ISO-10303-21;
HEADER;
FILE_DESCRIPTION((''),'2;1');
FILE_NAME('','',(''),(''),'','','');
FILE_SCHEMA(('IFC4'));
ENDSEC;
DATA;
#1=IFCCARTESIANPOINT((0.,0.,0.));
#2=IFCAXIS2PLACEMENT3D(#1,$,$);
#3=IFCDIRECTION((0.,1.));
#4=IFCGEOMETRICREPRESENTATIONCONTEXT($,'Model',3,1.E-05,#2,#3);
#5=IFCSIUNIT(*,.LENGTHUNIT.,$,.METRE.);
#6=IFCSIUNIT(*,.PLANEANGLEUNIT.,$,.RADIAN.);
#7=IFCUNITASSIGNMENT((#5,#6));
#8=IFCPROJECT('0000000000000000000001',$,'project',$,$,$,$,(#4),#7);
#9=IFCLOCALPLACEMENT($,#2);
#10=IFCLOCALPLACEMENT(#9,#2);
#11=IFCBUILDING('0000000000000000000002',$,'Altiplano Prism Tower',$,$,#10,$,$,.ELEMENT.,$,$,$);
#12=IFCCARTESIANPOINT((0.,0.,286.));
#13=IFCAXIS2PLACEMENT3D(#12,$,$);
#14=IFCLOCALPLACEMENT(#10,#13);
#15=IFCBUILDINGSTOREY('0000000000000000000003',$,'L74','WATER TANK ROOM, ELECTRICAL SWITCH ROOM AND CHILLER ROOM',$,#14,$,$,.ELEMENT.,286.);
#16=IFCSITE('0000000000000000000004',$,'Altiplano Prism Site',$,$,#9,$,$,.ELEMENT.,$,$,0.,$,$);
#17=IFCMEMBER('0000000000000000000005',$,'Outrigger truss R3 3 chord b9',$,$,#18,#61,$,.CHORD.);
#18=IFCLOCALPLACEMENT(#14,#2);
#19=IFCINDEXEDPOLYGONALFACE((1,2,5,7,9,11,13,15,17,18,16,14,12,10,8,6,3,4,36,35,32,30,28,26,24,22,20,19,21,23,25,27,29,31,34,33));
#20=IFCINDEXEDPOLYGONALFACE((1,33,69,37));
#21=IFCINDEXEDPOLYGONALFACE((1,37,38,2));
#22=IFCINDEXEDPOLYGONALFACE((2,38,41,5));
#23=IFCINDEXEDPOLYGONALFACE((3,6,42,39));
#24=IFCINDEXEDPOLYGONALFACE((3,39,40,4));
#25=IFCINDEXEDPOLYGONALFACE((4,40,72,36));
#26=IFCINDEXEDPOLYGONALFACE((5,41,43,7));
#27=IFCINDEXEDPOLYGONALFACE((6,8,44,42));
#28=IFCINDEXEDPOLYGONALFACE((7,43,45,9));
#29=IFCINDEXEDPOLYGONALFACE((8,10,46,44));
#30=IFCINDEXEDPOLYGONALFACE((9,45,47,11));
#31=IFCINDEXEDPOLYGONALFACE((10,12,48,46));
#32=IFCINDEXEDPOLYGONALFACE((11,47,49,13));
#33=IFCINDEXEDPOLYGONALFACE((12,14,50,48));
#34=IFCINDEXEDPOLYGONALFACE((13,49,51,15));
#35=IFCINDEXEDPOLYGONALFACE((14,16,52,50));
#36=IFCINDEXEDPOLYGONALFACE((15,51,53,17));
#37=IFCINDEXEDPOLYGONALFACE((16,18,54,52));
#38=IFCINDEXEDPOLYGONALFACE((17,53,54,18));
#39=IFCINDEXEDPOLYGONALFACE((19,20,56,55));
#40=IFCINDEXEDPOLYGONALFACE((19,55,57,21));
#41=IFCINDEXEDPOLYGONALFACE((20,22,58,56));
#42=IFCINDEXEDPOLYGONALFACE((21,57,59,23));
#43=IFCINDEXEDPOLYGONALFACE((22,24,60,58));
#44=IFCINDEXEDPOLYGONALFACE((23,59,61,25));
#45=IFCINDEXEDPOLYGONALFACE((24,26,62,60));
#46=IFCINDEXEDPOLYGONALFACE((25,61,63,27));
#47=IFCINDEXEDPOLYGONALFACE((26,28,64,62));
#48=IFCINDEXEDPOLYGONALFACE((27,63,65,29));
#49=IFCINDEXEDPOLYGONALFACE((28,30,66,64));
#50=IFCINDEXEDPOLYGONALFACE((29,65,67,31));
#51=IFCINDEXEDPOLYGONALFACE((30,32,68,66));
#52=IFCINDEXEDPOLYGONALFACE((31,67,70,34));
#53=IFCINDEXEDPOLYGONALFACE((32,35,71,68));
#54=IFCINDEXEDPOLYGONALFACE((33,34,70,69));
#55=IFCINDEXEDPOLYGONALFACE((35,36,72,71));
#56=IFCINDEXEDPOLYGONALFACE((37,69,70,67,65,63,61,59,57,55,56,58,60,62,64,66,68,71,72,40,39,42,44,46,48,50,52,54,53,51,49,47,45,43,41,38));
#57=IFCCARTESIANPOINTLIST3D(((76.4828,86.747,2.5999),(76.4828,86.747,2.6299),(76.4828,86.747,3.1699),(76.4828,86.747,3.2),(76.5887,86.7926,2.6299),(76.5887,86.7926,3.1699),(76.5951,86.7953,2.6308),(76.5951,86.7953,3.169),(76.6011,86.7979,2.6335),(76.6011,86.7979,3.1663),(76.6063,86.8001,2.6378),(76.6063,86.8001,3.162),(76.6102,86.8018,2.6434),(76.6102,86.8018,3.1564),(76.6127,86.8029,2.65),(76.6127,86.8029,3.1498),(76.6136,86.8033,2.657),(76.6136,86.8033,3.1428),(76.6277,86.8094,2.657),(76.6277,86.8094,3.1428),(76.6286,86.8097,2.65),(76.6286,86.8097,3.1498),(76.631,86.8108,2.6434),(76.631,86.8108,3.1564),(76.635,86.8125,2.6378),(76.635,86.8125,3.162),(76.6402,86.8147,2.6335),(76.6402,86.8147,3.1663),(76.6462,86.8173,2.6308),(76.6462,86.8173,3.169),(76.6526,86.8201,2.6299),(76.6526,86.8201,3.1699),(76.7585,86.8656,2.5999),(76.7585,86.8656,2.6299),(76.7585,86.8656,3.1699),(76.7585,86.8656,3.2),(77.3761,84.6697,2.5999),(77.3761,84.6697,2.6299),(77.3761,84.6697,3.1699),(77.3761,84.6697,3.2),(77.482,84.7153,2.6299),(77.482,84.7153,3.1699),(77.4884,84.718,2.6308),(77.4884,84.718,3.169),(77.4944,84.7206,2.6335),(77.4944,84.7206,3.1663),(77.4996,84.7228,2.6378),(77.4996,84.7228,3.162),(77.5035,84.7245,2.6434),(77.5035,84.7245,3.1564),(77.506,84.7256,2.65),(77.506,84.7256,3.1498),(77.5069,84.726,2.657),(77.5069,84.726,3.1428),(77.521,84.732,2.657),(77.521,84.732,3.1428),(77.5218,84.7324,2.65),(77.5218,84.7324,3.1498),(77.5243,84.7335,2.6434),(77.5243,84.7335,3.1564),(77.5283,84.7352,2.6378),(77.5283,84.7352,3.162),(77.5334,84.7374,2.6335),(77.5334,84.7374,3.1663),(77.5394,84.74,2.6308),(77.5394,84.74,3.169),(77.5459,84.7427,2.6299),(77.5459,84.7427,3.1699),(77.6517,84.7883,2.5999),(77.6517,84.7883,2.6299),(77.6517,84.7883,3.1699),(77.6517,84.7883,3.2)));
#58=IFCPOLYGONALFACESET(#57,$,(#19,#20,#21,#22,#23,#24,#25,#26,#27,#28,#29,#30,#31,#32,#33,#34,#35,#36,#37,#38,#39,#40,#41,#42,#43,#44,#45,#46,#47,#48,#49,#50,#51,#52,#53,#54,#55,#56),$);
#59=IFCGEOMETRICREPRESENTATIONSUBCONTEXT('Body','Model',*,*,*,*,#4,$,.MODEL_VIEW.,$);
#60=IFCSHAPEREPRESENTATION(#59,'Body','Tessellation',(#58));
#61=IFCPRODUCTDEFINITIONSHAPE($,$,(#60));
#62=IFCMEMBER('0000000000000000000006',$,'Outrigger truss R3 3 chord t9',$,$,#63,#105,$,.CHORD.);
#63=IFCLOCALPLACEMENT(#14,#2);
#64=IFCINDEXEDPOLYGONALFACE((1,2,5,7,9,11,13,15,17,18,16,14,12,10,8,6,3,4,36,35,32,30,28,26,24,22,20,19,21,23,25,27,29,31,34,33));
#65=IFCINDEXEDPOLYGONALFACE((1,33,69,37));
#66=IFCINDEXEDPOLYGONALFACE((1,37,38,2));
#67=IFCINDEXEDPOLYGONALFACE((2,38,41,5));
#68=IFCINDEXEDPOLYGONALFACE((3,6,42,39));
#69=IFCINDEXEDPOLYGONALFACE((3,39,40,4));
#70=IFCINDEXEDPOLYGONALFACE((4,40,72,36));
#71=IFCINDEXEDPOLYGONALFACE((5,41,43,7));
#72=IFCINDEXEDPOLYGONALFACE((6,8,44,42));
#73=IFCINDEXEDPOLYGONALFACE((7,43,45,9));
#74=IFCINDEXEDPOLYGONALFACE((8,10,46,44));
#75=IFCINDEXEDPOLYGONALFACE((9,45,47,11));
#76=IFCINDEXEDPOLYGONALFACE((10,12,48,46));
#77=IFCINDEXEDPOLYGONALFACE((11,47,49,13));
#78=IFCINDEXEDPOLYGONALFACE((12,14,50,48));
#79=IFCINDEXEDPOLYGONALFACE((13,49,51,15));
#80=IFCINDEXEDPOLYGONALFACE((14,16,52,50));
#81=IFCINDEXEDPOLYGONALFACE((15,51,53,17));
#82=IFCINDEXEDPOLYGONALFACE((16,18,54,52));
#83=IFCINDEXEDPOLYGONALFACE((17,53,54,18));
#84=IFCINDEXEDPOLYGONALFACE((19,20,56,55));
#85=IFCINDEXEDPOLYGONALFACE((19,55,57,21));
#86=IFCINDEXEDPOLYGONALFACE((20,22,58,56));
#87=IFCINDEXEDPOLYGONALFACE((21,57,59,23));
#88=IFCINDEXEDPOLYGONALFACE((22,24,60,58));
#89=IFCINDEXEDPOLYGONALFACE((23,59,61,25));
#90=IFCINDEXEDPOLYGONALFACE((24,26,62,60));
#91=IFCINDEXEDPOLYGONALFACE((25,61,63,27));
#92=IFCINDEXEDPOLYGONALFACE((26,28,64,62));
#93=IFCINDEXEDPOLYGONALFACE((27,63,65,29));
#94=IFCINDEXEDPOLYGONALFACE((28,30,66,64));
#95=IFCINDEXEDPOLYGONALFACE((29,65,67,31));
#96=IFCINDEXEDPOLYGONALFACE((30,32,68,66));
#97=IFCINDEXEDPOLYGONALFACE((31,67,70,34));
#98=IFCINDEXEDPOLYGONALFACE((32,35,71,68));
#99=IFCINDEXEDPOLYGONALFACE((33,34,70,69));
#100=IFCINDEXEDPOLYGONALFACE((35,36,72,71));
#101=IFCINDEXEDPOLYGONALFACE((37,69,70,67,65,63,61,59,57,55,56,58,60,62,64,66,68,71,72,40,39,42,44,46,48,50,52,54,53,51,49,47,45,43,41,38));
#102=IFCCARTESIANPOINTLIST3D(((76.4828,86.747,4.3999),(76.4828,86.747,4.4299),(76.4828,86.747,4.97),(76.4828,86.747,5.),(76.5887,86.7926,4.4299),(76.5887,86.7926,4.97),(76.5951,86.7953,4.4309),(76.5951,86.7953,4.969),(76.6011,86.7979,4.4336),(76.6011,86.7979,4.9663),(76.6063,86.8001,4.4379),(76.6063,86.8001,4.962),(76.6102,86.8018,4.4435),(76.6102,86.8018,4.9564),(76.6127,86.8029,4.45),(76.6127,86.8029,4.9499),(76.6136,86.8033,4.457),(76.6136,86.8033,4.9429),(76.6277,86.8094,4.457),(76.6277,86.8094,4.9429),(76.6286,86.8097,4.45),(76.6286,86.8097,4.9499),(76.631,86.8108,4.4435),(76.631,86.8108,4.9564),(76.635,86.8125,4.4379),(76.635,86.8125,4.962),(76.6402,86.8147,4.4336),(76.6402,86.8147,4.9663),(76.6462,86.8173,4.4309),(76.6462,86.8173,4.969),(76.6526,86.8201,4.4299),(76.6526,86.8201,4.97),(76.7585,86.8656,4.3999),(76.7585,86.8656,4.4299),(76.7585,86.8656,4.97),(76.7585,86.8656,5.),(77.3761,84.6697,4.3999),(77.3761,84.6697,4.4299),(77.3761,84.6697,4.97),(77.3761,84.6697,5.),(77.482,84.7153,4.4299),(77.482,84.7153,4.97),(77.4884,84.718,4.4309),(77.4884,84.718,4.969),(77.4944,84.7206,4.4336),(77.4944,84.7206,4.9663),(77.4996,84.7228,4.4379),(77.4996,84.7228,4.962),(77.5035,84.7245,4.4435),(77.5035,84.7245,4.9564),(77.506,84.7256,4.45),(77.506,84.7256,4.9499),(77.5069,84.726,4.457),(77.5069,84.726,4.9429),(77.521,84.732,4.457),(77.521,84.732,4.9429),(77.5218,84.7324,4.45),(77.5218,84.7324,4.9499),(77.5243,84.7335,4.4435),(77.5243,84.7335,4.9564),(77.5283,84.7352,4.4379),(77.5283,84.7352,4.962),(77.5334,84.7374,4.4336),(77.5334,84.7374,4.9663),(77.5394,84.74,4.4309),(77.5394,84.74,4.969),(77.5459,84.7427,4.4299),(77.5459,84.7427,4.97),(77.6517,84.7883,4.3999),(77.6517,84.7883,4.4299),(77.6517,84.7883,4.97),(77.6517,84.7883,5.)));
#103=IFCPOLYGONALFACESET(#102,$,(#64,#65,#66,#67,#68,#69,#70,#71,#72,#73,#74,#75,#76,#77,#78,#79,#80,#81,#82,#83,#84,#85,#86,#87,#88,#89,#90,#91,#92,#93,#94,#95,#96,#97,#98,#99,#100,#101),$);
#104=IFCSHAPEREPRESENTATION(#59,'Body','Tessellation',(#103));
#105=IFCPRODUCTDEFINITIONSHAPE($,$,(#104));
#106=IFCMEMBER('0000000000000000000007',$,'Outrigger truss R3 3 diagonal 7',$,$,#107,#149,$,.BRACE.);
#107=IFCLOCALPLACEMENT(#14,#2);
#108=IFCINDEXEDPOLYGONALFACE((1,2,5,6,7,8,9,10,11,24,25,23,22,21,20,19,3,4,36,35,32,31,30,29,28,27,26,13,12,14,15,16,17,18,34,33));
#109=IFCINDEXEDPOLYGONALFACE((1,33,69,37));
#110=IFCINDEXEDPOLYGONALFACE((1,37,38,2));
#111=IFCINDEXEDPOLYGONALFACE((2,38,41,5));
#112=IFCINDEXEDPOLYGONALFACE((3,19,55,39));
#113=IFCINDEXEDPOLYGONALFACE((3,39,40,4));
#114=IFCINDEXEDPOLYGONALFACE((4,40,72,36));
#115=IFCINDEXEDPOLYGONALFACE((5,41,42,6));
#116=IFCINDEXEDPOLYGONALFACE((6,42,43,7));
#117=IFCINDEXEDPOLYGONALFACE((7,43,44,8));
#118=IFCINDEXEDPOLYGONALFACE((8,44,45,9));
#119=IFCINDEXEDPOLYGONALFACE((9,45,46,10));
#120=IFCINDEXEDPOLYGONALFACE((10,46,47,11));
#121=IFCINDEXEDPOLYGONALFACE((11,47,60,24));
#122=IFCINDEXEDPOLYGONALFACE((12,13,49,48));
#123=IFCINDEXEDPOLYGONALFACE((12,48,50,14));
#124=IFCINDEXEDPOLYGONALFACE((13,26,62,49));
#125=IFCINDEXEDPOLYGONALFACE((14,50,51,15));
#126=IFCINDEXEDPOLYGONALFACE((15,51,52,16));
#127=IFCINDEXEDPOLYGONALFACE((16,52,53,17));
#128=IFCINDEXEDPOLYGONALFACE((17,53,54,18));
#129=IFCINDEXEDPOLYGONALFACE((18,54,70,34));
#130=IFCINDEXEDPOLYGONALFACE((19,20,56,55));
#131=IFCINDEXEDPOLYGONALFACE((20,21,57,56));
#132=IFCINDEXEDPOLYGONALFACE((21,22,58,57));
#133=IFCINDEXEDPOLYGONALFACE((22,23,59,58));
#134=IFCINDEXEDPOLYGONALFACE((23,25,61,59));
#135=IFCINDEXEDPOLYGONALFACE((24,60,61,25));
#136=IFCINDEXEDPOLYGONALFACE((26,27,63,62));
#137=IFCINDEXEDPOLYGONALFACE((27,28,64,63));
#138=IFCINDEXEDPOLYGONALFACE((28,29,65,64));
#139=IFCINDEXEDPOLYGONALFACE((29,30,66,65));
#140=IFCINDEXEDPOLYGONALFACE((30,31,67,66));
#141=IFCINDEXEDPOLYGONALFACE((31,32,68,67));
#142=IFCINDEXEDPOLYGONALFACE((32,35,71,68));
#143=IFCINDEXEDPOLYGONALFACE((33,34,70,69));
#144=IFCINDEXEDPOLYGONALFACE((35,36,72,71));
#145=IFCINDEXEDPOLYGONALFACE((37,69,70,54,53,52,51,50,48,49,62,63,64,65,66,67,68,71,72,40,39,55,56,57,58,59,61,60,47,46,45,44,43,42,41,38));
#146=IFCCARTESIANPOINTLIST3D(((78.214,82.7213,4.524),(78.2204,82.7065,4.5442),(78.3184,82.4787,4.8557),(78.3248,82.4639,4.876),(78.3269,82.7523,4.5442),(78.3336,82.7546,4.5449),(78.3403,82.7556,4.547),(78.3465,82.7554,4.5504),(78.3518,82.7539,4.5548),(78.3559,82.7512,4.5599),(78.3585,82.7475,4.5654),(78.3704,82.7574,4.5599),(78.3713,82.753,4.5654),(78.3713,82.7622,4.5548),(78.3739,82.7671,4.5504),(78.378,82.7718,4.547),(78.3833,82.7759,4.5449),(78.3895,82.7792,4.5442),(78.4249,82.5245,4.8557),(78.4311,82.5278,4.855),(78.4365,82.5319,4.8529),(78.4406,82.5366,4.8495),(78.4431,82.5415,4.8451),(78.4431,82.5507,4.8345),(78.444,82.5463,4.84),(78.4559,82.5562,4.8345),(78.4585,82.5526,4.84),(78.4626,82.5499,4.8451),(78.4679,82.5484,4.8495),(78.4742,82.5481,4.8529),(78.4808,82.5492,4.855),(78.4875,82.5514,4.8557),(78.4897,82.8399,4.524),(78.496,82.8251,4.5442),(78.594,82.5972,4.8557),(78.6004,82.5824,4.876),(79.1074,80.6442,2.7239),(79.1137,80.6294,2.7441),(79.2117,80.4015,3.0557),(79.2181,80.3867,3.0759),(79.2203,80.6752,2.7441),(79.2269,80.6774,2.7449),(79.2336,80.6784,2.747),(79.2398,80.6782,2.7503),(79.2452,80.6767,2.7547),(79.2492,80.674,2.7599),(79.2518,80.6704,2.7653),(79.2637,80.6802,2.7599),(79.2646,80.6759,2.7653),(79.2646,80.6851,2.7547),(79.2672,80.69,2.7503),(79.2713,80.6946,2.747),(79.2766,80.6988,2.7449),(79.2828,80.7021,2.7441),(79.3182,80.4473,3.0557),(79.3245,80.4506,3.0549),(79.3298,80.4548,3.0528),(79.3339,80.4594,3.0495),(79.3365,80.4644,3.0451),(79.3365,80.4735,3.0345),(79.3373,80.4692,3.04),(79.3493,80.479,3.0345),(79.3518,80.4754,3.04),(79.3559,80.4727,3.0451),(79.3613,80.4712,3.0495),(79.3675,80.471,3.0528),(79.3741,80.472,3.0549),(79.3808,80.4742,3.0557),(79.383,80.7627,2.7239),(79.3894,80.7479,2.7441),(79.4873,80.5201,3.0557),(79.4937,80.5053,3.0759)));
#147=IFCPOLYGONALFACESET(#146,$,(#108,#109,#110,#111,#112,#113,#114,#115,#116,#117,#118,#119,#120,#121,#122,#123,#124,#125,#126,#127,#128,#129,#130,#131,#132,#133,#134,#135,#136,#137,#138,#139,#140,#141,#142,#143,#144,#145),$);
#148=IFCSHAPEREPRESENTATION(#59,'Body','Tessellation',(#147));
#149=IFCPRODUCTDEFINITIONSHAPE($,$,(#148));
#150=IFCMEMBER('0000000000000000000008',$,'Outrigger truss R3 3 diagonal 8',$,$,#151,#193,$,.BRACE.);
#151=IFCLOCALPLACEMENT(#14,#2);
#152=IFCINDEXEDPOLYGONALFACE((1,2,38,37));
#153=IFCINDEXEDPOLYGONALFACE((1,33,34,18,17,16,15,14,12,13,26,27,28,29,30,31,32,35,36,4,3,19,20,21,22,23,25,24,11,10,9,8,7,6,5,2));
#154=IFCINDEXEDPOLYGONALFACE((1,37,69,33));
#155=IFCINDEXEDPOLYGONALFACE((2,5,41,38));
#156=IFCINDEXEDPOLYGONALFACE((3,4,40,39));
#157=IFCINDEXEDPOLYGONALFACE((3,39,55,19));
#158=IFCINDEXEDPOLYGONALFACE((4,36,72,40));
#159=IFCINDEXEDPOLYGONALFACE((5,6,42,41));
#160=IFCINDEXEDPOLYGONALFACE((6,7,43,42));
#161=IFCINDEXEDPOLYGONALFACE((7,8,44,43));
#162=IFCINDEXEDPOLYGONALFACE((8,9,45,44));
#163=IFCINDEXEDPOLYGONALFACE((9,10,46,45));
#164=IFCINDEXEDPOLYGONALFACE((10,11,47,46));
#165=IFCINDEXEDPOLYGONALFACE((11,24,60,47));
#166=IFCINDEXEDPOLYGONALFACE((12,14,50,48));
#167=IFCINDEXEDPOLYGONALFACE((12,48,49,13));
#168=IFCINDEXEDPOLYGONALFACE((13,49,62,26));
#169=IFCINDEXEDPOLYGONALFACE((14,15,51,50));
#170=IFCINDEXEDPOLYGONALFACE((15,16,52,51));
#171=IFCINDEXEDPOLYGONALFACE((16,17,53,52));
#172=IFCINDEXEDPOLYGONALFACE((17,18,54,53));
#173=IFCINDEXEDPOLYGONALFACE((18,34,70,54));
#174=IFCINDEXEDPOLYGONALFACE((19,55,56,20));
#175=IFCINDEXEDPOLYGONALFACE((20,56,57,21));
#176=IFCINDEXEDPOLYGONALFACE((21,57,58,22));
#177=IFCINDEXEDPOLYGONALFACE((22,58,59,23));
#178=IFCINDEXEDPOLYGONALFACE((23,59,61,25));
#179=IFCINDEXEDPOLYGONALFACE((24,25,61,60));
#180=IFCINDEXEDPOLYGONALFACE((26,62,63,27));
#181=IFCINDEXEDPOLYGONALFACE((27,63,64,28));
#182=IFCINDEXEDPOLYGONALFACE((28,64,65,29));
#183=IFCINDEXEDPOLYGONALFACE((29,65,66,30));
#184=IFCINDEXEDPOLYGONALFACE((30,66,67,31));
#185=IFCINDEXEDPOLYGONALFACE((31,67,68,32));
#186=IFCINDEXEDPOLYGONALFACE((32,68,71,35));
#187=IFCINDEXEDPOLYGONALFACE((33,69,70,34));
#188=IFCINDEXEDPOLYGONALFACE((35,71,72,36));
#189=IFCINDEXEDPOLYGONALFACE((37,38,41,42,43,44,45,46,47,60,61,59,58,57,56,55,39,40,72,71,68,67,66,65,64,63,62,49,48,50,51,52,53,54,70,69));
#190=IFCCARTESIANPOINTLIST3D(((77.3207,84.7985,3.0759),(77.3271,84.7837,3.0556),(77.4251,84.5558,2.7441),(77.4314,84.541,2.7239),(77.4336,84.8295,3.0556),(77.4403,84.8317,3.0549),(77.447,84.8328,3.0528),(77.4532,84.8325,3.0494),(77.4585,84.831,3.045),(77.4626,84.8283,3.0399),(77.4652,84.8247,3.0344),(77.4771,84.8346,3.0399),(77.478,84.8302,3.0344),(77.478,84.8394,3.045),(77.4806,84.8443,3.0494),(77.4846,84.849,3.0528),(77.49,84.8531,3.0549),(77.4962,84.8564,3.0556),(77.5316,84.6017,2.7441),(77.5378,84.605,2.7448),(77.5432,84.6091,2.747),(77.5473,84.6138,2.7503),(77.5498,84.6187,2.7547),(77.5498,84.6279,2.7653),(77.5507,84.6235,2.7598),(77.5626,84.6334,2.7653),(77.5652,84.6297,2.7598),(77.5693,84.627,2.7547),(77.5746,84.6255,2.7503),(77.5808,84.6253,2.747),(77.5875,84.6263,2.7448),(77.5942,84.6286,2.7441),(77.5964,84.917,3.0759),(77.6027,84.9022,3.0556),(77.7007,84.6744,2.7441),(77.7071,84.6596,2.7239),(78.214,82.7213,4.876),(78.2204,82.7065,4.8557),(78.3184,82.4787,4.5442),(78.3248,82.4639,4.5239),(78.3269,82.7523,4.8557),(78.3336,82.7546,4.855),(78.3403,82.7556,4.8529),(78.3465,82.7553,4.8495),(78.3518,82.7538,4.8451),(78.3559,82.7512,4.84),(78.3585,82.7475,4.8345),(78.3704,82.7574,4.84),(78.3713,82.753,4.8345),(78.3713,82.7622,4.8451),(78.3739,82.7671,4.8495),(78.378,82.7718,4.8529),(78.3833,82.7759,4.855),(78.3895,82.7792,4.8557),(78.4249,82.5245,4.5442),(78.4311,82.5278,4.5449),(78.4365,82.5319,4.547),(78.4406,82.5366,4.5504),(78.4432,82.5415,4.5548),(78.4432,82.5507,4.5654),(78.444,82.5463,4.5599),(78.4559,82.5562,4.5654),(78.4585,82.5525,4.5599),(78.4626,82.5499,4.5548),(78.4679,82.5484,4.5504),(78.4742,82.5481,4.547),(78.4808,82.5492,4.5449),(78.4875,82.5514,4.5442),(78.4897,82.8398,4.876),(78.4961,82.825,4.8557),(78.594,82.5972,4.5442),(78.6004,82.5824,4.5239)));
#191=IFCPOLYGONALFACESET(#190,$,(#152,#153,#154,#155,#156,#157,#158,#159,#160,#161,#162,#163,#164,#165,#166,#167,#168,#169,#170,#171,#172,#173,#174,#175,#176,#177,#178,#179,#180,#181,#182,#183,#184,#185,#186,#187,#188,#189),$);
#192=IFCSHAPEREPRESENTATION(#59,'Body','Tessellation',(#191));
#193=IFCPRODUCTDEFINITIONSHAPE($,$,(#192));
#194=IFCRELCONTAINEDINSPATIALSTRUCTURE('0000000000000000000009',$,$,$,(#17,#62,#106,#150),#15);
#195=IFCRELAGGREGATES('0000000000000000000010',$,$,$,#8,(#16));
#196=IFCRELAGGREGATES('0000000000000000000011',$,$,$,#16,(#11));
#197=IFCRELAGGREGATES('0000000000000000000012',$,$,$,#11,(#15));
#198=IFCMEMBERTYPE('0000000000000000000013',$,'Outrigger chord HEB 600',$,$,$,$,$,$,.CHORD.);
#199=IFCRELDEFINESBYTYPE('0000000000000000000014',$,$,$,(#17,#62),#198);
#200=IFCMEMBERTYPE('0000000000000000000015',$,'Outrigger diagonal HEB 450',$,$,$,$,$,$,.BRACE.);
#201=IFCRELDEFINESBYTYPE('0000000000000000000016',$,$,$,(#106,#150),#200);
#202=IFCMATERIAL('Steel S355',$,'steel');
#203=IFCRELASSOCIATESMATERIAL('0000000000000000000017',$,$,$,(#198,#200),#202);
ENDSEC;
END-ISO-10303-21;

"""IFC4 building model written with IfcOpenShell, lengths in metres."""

from ifc_helpers import new_model, si_unit, direction, frame, origin, origin_2d, place, context, subcontext, project, spatial, i_section, extrude, material, material_profile, profile_set, type_object, element, save


model = new_model("IFC4")

# Units and contexts
model_context = context("Model", 3, precision=1e-05, world=origin(), true_north=direction((0.0, 1.0)))
body_context = subcontext(model_context, "Body", "Model", "MODEL_VIEW")
ifc_project = project(units=[si_unit("LENGTHUNIT", "METRE"), si_unit("PLANEANGLEUNIT", "RADIAN")], contexts=[model_context])

# Site, building, storey
site_placement = place(None, origin())
site = spatial("IfcSite", under=ifc_project, at=site_placement, Name="Altiplano Prism Site", CompositionType="ELEMENT", RefElevation=0.0)
building_placement = place(site_placement, origin())
building = spatial("IfcBuilding", under=site, at=building_placement, Name="Altiplano Prism Tower", CompositionType="ELEMENT")
storey_placement = place(building_placement, frame((0.0, 0.0, 286.0)))
storey = spatial("IfcBuildingStorey", under=building, at=storey_placement, Name="L74", Description="WATER TANK ROOM, ELECTRICAL SWITCH ROOM AND CHILLER ROOM", CompositionType="ELEMENT", Elevation=286.0)

# Shared definitions
ifc_material_1 = material(Name="Steel S355", Category="steel")

# Members
ifc_material_profile_1 = material_profile(ifc_material_1, i_section(OverallWidth=0.3, OverallDepth=0.6001, WebThickness=0.0154, FlangeThickness=0.03, FilletRadius=0.0271, at=origin_2d()), Name="Outrigger chord HEB 600")
ifc_profile_set_1 = profile_set([ifc_material_profile_1], Name="Steel S355")
member_type_1 = type_object("IfcMemberType", Name="Outrigger chord HEB 600", PredefinedType="CHORD", material=ifc_profile_set_1)
for number, where, z_axis, x_axis, name in (
    (1, (77.5139, 84.729, 2.8999), (-0.39504, 0.918664, 0.0), (-0.918664, -0.39504, 0.0), "Outrigger truss R3 3 chord b9"),
    (2, (77.5139, 84.729, 4.7), (-0.39504, 0.918664, 0.0), (-0.918664, -0.39504, 0.0), "Outrigger truss R3 3 chord t9"),
):
    element("IfcMember", number, at=place(storey_placement, frame(where, z_axis=z_axis, x_axis=x_axis)), inside=storey, type_object=member_type_1, Name=name, PredefinedType="CHORD", context=body_context, shape_type="SweptSolid", body=[
        extrude(i_section(OverallWidth=0.3, OverallDepth=0.6001, WebThickness=0.0154, FlangeThickness=0.03, FilletRadius=0.0271, at=origin_2d()), origin(), (0.0, 0.0, 1.0), 2.2612),
    ])
ifc_material_profile_2 = material_profile(ifc_material_1, i_section(OverallWidth=0.3, OverallDepth=0.45, WebThickness=0.0139, FlangeThickness=0.0259, FilletRadius=0.0271, at=origin_2d()), Name="Outrigger diagonal HEB 450")
ifc_profile_set_2 = profile_set([ifc_material_profile_2], Name="Steel S355")
member_type_2 = type_object("IfcMemberType", Name="Outrigger diagonal HEB 450", PredefinedType="BRACE", material=ifc_profile_set_2)
for number, where, z_axis, x_axis, name in (
    (3, (79.3005, 80.5747, 2.8999), (-0.309092, 0.71871, 0.622831), (-0.918647, -0.395079, 0.0), "Outrigger truss R3 3 diagonal 7"),
    (4, (78.4072, 82.6519, 4.7), (-0.309092, 0.71871, -0.622831), (-0.918647, -0.395079, 0.0), "Outrigger truss R3 3 diagonal 8"),
):
    element("IfcMember", number, at=place(storey_placement, frame(where, z_axis=z_axis, x_axis=x_axis)), inside=storey, type_object=member_type_2, Name=name, PredefinedType="BRACE", context=body_context, shape_type="SweptSolid", body=[
        extrude(i_section(OverallWidth=0.3, OverallDepth=0.45, WebThickness=0.0139, FlangeThickness=0.0259, FilletRadius=0.0271, at=origin_2d()), origin(), (0.0, 0.0, 1.0), 2.8901),
    ])

save(model, "model.ifc")
